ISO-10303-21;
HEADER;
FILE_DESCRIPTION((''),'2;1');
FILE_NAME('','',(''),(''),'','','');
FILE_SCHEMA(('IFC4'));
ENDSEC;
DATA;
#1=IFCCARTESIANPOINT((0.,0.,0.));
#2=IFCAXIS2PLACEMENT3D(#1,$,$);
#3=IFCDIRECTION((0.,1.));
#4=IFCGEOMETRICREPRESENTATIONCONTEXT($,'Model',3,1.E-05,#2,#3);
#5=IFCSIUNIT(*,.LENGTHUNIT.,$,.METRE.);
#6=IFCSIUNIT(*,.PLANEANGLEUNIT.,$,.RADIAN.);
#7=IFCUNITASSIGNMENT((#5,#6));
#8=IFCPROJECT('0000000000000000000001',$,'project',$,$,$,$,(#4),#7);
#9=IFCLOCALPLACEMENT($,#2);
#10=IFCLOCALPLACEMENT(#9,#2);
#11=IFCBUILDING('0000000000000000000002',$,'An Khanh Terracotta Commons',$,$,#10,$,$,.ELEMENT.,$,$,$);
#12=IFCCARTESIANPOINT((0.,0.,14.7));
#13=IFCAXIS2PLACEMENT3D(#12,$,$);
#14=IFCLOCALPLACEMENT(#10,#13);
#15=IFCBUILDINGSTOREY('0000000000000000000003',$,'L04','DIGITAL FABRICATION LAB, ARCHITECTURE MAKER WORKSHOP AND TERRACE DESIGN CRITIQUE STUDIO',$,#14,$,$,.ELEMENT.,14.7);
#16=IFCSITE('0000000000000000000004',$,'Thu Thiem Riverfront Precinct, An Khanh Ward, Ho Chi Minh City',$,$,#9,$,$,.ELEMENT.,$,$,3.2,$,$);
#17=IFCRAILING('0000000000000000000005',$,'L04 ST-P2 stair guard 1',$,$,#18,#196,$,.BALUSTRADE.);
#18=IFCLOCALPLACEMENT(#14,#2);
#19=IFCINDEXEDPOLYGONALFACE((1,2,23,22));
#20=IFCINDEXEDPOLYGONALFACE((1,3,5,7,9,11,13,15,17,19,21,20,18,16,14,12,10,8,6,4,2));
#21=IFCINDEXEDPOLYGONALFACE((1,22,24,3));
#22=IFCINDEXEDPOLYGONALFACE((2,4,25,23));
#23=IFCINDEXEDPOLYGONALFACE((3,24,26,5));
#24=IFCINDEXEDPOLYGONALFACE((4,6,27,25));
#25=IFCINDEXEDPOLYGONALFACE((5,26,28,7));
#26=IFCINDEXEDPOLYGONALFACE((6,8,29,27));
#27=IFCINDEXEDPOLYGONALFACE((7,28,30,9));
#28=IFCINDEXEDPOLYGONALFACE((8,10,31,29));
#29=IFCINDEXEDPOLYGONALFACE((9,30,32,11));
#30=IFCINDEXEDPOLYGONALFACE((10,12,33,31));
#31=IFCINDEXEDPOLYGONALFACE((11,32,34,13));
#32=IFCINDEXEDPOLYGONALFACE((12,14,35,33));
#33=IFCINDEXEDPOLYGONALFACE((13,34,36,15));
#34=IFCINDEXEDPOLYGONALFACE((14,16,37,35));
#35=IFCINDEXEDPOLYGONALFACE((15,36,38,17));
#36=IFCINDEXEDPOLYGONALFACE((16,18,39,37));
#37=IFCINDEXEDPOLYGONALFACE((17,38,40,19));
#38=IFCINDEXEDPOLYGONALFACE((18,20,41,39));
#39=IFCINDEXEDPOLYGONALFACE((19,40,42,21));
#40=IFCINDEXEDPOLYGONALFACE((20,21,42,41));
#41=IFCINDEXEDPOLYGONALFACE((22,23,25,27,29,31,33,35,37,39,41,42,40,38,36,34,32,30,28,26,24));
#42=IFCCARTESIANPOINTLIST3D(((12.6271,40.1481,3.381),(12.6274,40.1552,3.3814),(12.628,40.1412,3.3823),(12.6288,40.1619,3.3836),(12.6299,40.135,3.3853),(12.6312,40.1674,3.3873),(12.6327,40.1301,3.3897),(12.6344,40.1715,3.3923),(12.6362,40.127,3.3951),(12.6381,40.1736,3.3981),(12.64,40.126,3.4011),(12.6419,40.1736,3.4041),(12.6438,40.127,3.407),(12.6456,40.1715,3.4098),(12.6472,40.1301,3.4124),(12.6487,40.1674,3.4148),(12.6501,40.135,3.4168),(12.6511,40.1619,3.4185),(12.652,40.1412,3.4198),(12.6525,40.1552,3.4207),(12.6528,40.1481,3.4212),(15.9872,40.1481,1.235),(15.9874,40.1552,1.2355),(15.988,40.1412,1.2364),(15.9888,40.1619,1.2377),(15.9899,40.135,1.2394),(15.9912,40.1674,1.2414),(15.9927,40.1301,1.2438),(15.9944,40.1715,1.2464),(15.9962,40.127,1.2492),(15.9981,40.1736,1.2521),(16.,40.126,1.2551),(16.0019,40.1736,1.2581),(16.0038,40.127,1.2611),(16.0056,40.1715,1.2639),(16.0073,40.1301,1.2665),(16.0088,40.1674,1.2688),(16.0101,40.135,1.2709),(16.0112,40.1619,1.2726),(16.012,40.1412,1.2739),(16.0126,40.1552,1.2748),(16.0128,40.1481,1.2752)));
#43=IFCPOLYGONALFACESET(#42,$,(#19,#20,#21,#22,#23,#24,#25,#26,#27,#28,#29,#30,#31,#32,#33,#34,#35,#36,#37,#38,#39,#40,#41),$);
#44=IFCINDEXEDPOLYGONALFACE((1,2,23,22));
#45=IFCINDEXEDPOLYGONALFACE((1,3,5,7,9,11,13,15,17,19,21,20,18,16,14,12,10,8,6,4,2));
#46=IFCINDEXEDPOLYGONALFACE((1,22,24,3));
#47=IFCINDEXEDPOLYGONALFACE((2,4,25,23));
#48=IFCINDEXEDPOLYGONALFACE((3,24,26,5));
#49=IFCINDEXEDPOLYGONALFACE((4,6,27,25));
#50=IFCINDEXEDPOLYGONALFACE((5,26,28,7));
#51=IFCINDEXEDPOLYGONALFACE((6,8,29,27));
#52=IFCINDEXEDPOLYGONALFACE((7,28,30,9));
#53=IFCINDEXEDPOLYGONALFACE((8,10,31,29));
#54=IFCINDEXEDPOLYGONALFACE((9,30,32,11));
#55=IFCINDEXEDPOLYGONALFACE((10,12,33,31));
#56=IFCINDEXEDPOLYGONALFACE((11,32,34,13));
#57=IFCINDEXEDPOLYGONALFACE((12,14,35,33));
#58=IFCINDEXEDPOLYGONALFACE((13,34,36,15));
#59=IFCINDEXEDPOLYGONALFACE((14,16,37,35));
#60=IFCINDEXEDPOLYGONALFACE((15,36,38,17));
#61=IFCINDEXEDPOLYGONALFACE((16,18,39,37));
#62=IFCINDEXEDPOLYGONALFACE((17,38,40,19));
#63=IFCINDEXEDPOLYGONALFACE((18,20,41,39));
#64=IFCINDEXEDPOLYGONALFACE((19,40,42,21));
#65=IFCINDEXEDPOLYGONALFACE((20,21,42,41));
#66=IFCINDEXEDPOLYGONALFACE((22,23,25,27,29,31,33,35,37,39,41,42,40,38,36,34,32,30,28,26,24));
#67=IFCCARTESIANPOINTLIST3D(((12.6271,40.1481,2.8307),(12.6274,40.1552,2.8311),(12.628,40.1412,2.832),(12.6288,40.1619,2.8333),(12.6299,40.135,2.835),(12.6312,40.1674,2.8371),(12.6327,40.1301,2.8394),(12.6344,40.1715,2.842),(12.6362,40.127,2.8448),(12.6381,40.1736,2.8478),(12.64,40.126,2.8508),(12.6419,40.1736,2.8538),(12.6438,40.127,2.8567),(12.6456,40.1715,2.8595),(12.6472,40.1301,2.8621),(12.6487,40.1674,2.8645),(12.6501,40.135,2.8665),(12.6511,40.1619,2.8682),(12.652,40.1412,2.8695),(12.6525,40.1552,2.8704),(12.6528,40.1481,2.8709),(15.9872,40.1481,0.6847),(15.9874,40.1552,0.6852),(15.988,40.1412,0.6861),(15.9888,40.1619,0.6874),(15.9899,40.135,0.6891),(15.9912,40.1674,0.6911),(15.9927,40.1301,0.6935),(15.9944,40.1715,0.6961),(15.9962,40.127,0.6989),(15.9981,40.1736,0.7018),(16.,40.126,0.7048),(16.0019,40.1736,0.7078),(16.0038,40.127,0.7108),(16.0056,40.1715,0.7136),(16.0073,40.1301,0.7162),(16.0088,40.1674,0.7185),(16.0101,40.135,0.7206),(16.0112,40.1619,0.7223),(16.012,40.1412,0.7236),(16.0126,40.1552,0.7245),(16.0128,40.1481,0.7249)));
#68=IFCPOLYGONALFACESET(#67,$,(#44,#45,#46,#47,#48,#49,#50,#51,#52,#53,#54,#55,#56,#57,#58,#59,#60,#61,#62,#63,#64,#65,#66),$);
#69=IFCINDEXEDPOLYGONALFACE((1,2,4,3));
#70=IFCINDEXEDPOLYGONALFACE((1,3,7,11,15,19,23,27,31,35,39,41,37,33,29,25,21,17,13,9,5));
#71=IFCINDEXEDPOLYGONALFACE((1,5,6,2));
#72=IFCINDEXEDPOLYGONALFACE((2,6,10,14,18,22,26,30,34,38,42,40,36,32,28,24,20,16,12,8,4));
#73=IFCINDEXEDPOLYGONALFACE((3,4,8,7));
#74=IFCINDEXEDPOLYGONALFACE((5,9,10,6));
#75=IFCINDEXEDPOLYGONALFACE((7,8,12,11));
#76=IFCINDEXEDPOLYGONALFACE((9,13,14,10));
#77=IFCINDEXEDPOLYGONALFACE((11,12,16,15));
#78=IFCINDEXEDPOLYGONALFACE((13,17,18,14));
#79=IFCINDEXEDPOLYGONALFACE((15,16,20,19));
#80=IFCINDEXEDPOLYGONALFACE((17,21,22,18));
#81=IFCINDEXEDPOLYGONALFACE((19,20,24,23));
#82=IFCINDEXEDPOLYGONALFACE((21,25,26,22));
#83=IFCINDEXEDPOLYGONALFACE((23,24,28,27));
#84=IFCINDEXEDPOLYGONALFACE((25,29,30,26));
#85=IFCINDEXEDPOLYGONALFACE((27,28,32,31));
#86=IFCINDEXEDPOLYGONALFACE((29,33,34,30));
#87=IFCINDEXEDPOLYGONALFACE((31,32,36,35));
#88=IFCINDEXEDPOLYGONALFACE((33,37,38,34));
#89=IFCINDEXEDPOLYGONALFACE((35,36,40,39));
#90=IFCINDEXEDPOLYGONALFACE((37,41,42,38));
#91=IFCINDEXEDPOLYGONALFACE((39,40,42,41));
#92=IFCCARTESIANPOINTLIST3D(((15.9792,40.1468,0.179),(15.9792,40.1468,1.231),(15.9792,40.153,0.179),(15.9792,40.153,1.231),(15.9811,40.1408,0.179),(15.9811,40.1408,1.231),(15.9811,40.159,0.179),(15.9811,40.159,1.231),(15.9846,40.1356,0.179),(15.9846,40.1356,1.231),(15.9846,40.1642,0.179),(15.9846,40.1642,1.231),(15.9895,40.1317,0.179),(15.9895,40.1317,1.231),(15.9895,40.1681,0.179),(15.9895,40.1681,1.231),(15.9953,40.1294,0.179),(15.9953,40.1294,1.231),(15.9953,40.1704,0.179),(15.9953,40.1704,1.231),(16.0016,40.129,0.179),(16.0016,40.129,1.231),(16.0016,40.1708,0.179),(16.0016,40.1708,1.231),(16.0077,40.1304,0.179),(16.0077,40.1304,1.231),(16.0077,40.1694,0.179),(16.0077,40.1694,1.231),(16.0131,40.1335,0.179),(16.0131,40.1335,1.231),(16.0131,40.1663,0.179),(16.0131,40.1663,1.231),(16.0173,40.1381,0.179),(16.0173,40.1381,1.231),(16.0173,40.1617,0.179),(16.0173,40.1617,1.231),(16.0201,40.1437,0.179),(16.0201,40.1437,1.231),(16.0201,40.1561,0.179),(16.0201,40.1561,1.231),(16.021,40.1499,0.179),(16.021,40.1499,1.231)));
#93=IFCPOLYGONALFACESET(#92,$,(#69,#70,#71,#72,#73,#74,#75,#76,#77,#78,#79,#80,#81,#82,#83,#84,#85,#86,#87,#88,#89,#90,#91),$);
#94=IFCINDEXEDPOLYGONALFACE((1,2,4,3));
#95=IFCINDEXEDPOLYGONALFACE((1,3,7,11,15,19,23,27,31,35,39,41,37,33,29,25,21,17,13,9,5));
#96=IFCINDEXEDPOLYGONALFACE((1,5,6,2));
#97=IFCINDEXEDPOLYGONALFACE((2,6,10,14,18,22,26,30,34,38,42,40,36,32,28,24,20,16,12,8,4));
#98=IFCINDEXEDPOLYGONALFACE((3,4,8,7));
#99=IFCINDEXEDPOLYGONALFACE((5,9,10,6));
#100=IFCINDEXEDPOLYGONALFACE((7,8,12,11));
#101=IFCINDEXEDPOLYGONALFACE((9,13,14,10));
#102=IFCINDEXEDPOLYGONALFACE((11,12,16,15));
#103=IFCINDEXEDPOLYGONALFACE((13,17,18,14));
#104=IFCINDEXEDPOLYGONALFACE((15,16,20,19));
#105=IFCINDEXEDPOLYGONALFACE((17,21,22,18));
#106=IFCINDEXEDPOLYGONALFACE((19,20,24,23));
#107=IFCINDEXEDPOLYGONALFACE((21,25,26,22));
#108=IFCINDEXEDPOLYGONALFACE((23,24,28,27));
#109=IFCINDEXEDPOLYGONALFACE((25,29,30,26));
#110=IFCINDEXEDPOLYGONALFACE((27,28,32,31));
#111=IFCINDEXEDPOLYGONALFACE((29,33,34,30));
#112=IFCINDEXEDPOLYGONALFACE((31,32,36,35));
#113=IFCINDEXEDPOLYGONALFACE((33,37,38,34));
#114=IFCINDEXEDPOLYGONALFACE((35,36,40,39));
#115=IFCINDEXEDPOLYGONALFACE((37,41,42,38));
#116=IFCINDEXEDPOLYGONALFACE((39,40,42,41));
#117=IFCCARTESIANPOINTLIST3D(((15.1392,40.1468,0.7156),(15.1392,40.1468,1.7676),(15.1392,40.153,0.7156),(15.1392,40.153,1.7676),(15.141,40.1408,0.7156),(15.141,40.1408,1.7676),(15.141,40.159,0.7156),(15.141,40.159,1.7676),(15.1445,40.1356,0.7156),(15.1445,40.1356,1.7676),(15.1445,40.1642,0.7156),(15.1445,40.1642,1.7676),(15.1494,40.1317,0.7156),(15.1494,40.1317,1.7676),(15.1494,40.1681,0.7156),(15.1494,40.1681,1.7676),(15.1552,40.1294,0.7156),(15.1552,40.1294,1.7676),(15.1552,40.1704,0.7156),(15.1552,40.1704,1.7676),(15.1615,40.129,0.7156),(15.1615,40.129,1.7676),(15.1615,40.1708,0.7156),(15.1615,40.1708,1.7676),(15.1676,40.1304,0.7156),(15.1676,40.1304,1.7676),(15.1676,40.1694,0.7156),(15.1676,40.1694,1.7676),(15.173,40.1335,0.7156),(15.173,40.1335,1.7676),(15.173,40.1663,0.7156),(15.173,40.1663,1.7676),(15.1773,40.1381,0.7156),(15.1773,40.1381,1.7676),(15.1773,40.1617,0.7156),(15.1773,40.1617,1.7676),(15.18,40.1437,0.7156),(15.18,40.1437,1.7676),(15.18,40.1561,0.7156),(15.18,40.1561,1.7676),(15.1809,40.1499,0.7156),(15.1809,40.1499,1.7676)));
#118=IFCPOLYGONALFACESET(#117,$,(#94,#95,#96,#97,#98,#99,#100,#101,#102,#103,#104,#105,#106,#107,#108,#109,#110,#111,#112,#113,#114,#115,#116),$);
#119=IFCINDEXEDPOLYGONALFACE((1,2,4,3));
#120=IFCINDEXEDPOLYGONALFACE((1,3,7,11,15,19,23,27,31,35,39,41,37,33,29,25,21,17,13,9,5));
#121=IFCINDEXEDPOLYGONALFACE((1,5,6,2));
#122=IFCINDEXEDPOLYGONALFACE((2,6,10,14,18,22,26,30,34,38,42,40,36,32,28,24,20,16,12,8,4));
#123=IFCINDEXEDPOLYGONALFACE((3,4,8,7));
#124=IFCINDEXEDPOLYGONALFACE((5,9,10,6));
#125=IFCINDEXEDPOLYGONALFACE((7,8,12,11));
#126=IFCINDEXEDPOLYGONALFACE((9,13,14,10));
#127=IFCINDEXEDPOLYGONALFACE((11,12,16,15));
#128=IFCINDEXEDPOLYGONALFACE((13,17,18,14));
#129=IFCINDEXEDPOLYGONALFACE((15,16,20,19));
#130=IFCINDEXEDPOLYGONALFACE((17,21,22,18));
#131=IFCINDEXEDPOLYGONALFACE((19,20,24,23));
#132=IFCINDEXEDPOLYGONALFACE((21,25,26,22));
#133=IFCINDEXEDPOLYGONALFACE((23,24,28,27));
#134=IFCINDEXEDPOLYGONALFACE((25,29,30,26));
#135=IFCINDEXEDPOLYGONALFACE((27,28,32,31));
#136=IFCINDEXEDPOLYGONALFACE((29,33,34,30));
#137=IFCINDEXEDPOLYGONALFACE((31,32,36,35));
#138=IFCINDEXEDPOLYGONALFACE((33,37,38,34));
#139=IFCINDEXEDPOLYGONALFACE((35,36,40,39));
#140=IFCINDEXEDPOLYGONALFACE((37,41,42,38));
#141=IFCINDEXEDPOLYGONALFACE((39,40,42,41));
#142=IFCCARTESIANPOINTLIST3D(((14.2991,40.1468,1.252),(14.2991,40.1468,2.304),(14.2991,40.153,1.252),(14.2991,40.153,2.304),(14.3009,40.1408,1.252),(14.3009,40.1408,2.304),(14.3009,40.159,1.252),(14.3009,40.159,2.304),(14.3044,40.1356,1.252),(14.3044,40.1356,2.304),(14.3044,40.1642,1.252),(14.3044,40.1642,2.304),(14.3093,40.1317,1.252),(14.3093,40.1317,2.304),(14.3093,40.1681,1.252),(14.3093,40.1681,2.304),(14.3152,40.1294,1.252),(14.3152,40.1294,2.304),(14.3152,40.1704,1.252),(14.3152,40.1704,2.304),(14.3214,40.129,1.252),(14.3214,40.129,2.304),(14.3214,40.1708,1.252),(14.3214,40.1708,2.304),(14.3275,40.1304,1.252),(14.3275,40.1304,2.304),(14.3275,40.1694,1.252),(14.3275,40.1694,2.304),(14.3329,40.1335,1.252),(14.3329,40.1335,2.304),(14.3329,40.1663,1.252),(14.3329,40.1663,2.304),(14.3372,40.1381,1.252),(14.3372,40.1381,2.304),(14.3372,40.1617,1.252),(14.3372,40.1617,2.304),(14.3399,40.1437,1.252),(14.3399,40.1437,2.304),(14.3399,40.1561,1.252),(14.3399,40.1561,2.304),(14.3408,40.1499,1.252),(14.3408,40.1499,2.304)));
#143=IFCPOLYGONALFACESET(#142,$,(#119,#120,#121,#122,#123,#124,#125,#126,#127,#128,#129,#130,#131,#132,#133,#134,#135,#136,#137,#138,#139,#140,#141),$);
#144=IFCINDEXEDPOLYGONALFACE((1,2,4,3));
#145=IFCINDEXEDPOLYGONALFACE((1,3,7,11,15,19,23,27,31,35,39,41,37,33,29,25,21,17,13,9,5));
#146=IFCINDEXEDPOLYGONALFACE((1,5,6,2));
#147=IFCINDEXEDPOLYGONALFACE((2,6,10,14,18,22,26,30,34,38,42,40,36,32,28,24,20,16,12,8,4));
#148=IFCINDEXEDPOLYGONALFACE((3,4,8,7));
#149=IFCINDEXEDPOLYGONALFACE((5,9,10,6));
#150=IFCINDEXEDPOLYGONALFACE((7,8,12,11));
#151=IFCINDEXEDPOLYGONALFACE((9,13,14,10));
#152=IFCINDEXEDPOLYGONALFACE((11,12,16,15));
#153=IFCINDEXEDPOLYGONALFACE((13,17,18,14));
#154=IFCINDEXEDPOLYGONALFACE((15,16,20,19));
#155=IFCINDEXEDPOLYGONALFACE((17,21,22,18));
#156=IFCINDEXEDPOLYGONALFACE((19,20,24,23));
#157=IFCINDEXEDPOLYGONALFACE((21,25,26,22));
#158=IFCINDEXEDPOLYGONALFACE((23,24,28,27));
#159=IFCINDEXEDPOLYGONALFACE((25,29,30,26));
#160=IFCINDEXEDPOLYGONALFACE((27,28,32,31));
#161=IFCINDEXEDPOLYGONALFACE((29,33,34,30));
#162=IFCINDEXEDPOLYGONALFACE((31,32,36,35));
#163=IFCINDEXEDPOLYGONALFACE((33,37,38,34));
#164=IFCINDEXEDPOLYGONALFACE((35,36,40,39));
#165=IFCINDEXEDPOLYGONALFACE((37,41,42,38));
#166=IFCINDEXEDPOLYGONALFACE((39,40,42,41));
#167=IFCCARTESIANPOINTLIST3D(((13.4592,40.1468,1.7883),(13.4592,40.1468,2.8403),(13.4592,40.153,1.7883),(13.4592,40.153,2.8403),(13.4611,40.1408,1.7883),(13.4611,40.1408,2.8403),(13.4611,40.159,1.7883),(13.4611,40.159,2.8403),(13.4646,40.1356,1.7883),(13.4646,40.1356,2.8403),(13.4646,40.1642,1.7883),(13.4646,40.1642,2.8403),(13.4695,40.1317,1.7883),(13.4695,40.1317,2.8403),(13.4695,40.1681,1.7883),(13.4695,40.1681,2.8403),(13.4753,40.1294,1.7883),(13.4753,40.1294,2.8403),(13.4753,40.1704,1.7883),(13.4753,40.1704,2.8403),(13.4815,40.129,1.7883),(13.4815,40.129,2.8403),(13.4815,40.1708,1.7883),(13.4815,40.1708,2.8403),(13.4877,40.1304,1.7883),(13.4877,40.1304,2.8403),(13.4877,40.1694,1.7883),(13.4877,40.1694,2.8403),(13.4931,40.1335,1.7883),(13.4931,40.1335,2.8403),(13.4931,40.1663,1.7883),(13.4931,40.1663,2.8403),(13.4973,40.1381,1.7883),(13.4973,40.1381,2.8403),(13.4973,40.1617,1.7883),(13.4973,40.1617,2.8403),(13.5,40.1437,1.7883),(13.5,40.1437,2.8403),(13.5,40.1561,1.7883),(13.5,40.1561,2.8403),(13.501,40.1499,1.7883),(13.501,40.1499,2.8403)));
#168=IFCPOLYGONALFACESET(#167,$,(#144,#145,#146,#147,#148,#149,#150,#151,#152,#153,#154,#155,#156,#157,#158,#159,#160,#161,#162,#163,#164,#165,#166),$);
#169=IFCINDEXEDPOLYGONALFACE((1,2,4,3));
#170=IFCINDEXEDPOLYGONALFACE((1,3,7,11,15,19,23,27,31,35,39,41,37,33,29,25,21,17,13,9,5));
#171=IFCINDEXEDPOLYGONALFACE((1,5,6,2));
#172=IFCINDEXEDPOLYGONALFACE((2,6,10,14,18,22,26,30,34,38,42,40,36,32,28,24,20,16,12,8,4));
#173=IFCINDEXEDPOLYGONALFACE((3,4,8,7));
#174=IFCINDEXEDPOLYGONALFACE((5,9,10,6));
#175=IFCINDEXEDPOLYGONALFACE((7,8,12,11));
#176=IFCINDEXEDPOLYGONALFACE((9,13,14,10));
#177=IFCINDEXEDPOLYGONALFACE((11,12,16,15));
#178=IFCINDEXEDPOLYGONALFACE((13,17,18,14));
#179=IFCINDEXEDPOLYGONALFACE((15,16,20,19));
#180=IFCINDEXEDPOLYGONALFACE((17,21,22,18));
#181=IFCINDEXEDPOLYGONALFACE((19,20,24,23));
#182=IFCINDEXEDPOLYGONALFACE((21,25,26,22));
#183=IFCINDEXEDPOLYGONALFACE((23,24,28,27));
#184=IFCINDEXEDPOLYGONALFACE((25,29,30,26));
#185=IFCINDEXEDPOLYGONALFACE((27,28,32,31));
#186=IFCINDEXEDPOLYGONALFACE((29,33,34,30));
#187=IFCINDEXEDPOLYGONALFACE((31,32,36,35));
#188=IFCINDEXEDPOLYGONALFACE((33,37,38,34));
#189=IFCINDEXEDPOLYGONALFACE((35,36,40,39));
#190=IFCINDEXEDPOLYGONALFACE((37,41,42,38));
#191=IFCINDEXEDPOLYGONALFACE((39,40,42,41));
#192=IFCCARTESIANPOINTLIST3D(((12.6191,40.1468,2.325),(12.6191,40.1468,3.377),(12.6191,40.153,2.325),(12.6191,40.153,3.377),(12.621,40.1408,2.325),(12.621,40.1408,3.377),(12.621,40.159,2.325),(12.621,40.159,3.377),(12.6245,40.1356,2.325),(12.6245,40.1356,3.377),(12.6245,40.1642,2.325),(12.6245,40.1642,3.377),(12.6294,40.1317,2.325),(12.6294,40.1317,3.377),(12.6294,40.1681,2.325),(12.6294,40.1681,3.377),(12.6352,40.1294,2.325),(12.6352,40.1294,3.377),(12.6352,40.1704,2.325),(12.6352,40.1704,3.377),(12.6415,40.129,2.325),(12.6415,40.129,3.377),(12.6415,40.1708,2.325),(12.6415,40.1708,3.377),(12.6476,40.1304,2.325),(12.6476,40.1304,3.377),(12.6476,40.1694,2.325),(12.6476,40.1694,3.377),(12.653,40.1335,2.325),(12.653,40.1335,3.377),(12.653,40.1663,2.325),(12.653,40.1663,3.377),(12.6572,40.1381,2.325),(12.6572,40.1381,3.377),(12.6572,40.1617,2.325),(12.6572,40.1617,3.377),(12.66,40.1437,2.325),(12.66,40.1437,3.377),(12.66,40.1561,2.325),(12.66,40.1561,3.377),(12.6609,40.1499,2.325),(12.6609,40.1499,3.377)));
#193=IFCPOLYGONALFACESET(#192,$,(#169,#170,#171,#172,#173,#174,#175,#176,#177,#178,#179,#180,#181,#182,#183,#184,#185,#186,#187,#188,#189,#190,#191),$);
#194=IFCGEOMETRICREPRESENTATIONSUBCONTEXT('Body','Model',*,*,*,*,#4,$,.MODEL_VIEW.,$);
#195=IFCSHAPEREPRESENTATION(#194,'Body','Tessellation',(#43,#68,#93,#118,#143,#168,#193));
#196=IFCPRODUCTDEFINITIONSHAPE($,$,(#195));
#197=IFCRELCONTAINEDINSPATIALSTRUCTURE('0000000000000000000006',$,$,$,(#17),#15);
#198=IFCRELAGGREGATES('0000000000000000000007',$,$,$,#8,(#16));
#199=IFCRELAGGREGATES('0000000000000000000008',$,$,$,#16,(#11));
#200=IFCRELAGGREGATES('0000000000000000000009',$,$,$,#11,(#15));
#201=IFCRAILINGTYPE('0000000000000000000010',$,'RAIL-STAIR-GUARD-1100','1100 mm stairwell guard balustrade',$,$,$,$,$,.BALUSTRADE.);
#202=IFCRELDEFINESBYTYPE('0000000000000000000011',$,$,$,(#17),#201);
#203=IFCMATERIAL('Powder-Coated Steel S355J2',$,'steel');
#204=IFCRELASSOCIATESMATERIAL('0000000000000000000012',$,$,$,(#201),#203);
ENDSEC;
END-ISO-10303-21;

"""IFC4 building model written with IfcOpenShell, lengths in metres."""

from ifc_helpers import new_model, si_unit, direction, frame, origin, origin_2d, place, context, subcontext, project, spatial, circle, extrude, material, type_object, element, save


model = new_model("IFC4")

# Units and contexts
model_context = context("Model", 3, precision=1e-05, world=origin(), true_north=direction((0.0, 1.0)))
body_context = subcontext(model_context, "Body", "Model", "MODEL_VIEW")
ifc_project = project(units=[si_unit("LENGTHUNIT", "METRE"), si_unit("PLANEANGLEUNIT", "RADIAN")], contexts=[model_context])

# Site, building, storey
site_placement = place(None, origin())
site = spatial("IfcSite", under=ifc_project, at=site_placement, Name="Thu Thiem Riverfront Precinct, An Khanh Ward, Ho Chi Minh City", CompositionType="ELEMENT", RefElevation=3.2)
building_placement = place(site_placement, origin())
building = spatial("IfcBuilding", under=site, at=building_placement, Name="An Khanh Terracotta Commons", CompositionType="ELEMENT")
storey_placement = place(building_placement, frame((0.0, 0.0, 14.7)))
storey = spatial("IfcBuildingStorey", under=building, at=storey_placement, Name="L04", Description="DIGITAL FABRICATION LAB, ARCHITECTURE MAKER WORKSHOP AND TERRACE DESIGN CRITIQUE STUDIO", CompositionType="ELEMENT", Elevation=14.7)

# Railing
ifc_material_1 = material(Name="Powder-Coated Steel S355J2", Category="steel")
railing_type_1 = type_object("IfcRailingType", Name="RAIL-STAIR-GUARD-1100", Description="1100 mm stairwell guard balustrade", PredefinedType="BALUSTRADE", material=ifc_material_1)
railing_1_placement = place(storey_placement, frame((16.0, 40.1499, 0.179)))
element("IfcRailing", 1, at=railing_1_placement, inside=storey, type_object=railing_type_1, Name="L04 ST-P2 stair guard 1", PredefinedType="BALUSTRADE", context=body_context, shape_type="SweptSolid", body=[
    extrude(circle(Radius=0.0239, at=origin_2d()), frame((0.0, 0.0, 1.0762), z_axis=(-0.84278, 0.0, 0.538258), x_axis=(0.0, -1.0, 0.0)), (0.0, 0.0, 1.0), 3.9868),
    extrude(circle(Radius=0.0239, at=origin_2d()), frame((0.0, 0.0, 0.5259), z_axis=(-0.84278, 0.0, 0.538258), x_axis=(0.0, -1.0, 0.0)), (0.0, 0.0, 1.0), 3.9868),
    extrude(circle(Radius=0.021, at=origin_2d()), origin(), (0.0, 0.0, 1.0), 1.052),
    extrude(circle(Radius=0.021, at=origin_2d()), frame((-0.8401, 0.0, 0.5366)), (0.0, 0.0, 1.0), 1.052),
    extrude(circle(Radius=0.021, at=origin_2d()), frame((-1.6802, 0.0, 1.073)), (0.0, 0.0, 1.0), 1.052),
    extrude(circle(Radius=0.021, at=origin_2d()), frame((-2.52, 0.0, 1.6094)), (0.0, 0.0, 1.0), 1.052),
    extrude(circle(Radius=0.021, at=origin_2d()), frame((-3.3601, 0.0, 2.146)), (0.0, 0.0, 1.0), 1.052),
])

save(model, "model.ifc")
